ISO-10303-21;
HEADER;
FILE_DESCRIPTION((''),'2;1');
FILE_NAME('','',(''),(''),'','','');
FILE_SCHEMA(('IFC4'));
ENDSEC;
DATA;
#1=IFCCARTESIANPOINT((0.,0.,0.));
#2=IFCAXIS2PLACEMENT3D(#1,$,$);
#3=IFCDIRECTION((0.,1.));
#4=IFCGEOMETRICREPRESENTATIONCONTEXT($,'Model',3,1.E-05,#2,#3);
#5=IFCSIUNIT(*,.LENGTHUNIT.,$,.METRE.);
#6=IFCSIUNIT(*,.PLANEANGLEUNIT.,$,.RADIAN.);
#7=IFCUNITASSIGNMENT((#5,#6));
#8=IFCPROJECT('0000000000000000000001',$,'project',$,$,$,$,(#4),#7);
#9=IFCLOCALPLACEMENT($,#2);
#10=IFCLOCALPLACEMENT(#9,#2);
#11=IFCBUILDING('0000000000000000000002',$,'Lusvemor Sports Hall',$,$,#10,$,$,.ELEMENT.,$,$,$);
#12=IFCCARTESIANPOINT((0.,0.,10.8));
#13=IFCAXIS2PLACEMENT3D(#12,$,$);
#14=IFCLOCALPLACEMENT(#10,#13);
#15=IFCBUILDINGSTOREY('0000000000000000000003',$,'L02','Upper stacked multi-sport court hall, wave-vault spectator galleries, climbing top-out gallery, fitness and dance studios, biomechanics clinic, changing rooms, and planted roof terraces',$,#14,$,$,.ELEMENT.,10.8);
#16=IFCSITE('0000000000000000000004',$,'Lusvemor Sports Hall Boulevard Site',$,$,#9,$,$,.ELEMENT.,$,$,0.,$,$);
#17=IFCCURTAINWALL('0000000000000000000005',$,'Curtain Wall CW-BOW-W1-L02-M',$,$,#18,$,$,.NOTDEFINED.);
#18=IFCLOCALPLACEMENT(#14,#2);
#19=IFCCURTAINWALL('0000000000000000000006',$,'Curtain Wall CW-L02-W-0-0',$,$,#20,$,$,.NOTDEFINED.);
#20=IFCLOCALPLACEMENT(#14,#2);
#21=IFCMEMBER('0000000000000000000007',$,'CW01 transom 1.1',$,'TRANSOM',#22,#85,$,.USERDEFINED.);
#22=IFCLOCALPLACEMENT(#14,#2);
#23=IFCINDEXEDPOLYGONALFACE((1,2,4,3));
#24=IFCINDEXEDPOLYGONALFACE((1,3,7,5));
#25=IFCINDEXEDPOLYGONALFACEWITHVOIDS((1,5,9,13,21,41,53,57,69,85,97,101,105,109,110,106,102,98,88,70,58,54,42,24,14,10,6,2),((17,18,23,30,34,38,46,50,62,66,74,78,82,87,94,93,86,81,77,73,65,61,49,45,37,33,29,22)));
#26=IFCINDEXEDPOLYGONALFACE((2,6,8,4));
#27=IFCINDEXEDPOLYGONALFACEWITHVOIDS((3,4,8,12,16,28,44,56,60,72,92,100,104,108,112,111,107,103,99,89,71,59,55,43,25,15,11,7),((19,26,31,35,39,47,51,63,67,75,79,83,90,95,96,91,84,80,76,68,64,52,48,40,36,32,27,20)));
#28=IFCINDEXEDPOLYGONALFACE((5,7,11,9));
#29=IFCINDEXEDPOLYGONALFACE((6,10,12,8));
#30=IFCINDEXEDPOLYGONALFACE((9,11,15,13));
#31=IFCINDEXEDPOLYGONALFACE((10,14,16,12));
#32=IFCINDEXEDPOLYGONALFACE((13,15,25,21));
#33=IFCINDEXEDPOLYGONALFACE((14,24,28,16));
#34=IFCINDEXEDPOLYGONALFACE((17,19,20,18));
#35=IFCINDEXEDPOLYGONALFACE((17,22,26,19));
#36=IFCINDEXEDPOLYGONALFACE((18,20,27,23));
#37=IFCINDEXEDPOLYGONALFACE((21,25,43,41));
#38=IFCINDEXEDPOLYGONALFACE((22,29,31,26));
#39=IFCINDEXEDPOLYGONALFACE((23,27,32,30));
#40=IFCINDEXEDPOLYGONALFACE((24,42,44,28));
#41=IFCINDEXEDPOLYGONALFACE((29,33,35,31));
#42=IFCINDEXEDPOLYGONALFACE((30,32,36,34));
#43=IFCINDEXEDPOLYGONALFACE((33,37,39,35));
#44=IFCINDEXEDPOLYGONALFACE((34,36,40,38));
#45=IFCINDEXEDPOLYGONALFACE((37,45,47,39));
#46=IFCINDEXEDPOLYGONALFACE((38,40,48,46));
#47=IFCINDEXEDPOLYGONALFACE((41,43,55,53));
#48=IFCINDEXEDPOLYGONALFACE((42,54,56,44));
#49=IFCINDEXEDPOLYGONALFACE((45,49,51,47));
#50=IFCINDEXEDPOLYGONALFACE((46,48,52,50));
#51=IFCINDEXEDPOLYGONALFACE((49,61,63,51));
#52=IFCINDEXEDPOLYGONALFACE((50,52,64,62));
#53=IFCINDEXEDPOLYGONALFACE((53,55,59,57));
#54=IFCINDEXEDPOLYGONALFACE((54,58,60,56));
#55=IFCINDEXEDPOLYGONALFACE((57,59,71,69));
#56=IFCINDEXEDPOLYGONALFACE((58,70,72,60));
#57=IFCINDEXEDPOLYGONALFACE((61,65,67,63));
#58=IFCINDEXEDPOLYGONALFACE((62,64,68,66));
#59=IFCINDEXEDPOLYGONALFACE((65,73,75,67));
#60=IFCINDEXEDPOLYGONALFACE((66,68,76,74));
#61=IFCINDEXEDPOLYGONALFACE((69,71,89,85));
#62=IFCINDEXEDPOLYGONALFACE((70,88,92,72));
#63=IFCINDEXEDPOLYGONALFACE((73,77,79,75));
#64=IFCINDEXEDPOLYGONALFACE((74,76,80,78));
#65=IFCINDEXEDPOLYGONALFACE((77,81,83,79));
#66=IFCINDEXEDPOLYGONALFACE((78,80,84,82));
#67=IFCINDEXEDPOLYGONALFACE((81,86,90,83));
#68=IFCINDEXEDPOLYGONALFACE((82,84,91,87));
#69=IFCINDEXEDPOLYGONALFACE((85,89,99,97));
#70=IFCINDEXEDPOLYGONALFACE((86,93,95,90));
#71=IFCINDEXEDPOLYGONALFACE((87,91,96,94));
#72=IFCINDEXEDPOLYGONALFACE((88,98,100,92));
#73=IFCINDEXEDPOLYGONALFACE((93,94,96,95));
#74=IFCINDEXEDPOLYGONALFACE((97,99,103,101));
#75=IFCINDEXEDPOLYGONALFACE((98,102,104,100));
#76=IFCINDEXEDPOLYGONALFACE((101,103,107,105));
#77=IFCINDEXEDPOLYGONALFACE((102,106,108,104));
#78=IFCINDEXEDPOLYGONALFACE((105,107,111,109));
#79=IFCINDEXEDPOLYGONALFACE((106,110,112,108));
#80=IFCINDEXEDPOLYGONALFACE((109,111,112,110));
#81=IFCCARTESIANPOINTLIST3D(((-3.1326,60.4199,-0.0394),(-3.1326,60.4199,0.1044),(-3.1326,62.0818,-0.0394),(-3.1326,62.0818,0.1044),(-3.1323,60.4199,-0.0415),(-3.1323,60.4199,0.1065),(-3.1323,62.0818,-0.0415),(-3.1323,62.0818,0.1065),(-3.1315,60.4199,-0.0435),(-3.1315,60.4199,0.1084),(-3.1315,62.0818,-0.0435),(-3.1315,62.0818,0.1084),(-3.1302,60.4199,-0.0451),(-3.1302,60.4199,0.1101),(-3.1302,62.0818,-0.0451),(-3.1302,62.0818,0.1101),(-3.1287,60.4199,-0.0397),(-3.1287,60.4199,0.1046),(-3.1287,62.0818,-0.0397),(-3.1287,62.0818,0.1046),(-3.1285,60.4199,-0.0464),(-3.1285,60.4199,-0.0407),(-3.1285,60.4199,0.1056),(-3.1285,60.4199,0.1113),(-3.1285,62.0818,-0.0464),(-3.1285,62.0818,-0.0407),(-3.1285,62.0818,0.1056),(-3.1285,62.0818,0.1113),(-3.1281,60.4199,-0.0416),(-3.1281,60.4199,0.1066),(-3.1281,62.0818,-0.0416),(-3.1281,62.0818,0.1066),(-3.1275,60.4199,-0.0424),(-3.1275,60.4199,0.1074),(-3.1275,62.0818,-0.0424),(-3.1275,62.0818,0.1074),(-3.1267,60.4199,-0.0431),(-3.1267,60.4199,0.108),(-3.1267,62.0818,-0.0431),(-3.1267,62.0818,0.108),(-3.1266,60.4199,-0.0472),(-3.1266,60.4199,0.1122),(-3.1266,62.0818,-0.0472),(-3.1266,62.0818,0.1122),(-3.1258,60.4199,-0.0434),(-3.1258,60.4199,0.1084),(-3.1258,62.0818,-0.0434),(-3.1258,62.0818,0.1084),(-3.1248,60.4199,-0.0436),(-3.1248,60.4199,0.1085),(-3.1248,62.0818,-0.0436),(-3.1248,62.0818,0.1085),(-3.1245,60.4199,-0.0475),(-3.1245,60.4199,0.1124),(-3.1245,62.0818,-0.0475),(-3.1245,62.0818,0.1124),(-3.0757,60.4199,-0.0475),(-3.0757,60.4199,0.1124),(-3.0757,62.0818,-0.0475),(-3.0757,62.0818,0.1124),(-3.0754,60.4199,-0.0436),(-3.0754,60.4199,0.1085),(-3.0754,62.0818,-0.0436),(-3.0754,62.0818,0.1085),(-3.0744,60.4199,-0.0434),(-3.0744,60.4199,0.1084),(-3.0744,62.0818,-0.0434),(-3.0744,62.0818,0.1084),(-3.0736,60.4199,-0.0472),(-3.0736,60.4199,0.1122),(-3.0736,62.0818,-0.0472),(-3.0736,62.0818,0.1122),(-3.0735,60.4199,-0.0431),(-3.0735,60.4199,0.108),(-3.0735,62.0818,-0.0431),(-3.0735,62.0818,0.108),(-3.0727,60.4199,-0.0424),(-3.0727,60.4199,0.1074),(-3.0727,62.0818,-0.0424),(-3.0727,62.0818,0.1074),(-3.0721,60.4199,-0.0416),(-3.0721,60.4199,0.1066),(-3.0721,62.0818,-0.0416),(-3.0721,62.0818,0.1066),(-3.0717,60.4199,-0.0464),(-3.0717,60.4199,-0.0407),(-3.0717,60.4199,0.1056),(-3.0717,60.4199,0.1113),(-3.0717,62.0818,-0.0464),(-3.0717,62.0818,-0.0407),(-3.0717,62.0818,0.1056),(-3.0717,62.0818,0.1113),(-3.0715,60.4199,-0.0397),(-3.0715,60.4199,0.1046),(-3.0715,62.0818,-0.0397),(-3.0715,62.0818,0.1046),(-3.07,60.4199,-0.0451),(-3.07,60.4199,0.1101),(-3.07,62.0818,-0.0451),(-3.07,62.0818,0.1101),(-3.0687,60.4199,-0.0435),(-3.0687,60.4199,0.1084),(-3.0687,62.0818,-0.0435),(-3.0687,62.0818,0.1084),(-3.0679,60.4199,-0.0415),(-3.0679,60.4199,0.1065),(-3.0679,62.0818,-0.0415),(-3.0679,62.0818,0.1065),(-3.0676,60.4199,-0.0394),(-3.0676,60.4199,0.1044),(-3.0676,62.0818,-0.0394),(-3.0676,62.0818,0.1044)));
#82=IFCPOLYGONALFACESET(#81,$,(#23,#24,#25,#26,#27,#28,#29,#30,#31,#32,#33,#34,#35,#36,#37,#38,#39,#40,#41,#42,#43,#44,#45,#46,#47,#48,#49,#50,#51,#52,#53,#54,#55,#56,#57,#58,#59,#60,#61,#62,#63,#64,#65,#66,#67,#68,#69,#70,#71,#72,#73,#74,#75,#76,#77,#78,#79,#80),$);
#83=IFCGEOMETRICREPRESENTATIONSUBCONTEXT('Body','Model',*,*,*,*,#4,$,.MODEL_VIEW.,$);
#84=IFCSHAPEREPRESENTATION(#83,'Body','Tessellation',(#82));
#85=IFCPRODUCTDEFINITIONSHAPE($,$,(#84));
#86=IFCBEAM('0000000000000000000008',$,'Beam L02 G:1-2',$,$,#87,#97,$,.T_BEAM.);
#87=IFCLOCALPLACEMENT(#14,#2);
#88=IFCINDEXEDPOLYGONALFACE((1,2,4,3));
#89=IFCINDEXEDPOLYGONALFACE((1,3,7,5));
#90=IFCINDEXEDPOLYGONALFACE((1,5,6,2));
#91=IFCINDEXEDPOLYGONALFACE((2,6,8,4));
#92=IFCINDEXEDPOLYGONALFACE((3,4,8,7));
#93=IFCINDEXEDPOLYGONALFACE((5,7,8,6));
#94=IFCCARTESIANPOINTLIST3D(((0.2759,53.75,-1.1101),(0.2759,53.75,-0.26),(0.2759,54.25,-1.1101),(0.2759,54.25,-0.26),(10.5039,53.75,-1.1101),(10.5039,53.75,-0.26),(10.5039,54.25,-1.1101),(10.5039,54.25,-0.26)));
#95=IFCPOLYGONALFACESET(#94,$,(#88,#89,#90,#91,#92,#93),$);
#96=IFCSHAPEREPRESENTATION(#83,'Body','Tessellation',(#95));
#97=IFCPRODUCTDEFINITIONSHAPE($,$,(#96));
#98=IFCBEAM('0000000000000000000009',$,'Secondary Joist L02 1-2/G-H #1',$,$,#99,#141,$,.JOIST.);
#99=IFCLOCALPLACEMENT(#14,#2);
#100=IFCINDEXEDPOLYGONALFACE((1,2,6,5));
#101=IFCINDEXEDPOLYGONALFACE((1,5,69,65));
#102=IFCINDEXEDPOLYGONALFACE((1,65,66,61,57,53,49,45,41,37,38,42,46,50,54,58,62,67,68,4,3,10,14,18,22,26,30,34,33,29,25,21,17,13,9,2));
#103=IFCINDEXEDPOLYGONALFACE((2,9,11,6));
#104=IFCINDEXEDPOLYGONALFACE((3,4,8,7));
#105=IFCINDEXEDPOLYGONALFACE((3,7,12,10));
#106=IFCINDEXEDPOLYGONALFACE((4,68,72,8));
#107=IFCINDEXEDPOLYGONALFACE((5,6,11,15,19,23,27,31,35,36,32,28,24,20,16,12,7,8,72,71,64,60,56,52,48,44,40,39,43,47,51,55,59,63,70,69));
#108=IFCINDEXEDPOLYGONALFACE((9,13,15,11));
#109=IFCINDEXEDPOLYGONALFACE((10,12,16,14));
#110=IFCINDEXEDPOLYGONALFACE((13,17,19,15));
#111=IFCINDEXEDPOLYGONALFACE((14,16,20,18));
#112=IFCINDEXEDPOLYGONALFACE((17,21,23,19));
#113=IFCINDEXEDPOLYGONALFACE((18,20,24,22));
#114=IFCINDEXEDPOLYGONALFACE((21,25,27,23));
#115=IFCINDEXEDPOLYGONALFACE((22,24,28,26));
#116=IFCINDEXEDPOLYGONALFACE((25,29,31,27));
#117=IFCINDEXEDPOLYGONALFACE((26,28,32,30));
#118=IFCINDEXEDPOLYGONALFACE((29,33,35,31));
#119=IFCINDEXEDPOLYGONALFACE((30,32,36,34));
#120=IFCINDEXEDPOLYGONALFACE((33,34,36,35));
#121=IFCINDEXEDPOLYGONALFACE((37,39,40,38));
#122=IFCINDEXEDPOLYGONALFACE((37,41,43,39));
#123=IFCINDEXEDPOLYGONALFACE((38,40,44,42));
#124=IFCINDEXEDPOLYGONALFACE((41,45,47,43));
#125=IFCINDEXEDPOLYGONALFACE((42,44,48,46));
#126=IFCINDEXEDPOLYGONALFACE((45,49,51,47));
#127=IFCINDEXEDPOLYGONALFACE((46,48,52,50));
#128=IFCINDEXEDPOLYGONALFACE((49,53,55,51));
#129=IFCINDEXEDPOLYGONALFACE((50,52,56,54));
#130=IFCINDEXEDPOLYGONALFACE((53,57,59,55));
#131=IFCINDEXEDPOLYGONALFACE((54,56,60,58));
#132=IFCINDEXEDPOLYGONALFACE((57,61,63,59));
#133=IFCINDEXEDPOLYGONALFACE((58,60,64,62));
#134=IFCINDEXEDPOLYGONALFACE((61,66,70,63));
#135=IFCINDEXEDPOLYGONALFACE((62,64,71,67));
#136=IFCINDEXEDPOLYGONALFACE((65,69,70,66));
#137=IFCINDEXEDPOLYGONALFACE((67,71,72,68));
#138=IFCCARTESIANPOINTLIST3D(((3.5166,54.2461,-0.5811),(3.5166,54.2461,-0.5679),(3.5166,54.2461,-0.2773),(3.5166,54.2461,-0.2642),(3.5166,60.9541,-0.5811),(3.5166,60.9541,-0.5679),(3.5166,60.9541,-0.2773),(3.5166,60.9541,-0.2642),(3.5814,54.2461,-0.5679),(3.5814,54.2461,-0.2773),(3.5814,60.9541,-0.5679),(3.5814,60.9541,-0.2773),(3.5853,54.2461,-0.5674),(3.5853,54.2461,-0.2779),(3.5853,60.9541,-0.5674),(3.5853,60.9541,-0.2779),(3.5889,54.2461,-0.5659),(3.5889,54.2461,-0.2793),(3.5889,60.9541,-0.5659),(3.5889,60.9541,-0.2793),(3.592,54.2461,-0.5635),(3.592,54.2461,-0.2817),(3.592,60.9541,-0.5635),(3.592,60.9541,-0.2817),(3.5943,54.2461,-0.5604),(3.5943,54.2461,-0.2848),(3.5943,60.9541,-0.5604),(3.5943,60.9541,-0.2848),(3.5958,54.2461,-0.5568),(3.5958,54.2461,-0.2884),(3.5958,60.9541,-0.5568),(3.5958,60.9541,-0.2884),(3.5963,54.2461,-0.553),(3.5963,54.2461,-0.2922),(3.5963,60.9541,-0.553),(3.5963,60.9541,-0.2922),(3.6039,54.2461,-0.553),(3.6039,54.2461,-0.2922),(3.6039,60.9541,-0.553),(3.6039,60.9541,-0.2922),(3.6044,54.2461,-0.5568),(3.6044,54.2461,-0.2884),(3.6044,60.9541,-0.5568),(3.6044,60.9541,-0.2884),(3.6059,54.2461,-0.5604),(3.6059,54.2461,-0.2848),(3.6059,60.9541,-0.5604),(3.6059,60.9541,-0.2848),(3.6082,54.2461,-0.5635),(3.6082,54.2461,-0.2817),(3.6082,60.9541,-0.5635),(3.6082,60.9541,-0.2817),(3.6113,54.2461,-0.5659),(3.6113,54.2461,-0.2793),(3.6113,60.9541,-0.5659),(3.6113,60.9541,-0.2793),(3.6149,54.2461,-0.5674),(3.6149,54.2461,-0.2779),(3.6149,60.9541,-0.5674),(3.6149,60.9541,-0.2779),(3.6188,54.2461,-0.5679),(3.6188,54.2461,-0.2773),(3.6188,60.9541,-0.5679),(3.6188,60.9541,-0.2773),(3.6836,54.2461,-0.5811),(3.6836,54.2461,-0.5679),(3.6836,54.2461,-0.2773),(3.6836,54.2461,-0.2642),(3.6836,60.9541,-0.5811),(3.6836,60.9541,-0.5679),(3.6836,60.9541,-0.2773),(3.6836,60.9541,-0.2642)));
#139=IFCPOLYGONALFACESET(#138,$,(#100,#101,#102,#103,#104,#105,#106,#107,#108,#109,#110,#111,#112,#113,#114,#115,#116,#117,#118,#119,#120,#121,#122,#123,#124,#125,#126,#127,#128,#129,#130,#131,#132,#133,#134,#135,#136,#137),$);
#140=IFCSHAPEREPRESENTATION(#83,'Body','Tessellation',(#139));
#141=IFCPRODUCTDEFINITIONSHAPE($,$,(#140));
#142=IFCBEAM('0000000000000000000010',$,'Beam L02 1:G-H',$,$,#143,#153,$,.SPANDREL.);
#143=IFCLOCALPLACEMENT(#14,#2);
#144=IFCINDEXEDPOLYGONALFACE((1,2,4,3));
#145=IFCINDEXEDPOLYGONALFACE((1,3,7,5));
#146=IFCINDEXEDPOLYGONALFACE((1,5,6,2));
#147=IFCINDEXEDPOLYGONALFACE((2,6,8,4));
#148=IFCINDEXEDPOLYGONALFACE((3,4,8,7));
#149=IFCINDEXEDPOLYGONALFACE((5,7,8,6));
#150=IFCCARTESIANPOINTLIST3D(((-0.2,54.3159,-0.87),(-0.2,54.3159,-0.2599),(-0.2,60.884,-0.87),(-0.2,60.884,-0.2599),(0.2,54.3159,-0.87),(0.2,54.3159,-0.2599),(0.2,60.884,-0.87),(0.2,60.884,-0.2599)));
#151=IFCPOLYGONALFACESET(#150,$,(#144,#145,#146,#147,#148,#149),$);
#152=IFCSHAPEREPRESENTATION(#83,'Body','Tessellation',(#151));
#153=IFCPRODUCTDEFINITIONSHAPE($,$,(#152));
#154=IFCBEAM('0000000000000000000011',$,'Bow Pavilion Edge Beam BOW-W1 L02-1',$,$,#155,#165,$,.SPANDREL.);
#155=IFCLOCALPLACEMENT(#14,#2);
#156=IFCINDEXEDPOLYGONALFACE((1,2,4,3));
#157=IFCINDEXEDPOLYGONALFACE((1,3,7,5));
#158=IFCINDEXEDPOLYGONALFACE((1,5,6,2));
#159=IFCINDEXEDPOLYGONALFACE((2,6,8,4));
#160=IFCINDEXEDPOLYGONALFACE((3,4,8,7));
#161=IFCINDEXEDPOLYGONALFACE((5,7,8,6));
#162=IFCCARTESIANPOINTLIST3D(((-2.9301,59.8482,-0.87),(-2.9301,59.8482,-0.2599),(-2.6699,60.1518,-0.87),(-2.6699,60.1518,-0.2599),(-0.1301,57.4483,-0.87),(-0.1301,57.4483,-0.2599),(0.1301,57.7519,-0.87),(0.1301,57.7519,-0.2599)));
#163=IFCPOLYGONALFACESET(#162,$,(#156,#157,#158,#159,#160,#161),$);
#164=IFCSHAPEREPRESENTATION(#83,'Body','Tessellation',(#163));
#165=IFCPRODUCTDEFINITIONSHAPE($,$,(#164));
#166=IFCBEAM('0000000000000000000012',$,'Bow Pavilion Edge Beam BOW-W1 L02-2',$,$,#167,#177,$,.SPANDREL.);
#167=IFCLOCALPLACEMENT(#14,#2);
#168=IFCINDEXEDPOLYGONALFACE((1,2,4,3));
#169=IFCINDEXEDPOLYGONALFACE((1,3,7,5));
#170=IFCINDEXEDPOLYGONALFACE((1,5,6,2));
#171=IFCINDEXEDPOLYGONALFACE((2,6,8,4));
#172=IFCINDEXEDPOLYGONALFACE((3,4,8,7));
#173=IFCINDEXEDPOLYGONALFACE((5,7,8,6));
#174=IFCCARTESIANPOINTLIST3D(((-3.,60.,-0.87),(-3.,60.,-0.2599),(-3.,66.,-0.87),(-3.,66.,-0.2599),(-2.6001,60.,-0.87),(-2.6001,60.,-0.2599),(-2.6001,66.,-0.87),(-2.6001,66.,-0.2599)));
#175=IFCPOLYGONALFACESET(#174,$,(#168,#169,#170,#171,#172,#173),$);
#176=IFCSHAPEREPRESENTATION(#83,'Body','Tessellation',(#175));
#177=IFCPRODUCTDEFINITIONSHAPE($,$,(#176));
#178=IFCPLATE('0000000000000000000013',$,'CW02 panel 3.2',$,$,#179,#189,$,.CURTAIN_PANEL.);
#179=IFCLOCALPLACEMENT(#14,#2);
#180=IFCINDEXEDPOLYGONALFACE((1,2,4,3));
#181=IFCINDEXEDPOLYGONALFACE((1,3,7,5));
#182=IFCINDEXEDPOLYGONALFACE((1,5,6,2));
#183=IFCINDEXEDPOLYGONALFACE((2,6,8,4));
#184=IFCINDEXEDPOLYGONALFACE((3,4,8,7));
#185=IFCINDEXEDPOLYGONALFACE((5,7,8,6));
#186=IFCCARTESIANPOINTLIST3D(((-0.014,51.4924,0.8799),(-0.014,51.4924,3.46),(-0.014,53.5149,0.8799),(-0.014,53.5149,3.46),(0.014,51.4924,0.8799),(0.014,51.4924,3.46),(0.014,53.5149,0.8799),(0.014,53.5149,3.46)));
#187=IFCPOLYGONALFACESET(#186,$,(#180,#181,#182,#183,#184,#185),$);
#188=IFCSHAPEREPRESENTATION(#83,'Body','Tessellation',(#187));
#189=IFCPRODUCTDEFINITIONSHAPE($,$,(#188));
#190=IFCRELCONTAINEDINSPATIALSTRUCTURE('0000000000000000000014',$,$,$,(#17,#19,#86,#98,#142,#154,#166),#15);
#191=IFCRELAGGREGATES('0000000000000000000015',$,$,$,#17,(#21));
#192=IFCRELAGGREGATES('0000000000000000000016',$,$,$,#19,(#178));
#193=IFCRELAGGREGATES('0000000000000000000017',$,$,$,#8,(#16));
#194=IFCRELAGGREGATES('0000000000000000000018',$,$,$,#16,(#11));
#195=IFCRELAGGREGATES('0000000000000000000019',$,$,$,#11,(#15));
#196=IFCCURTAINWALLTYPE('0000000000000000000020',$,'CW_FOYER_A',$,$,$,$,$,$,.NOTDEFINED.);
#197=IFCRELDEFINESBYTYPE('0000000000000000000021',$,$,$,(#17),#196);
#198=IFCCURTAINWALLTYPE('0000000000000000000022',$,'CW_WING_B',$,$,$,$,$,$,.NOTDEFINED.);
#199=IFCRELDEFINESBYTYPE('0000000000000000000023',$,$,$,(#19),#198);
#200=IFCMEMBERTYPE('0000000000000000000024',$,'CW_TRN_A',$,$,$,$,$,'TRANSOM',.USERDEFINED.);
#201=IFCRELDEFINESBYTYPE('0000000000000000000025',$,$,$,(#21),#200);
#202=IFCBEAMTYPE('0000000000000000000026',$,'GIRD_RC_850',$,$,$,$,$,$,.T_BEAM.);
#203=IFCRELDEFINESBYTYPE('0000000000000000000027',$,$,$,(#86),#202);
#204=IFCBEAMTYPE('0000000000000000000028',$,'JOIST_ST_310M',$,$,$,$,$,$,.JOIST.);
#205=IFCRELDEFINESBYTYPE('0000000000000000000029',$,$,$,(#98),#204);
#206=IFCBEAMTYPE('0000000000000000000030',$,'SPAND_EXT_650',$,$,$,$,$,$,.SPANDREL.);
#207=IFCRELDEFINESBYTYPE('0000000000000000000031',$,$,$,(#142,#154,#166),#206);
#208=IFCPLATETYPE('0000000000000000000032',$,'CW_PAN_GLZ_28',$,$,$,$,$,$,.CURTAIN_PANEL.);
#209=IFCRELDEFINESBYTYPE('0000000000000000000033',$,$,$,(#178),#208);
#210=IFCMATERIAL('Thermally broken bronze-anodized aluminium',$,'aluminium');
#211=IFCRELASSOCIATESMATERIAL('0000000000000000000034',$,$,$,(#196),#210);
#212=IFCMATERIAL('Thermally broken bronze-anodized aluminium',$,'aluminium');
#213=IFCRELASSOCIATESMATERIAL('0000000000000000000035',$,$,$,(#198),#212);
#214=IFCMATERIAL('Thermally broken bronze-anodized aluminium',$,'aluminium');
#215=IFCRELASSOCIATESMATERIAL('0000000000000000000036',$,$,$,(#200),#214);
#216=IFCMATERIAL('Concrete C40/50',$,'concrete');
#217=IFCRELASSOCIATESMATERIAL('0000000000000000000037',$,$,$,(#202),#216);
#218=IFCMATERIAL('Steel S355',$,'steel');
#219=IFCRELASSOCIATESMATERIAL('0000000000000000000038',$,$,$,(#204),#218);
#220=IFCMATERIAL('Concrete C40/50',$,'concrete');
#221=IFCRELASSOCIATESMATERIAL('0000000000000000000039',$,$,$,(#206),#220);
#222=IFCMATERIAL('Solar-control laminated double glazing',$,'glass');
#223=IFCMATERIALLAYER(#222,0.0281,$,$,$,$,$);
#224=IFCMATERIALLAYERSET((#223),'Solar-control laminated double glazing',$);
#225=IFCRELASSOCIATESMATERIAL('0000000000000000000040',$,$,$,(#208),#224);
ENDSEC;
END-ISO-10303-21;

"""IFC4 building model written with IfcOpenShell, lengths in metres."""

from ifc_helpers import new_model, si_unit, direction, frame, origin, origin_2d, place, context, subcontext, project, spatial, rectangle, hollow_rectangle, i_section, extrude, material, layer, layer_set, material_profile, profile_set, type_object, element, aggregate, save


model = new_model("IFC4")

# Units and contexts
model_context = context("Model", 3, precision=1e-05, world=origin(), true_north=direction((0.0, 1.0)))
body_context = subcontext(model_context, "Body", "Model", "MODEL_VIEW")
ifc_project = project(units=[si_unit("LENGTHUNIT", "METRE"), si_unit("PLANEANGLEUNIT", "RADIAN")], contexts=[model_context])

# Site, building, storey
site_placement = place(None, origin())
site = spatial("IfcSite", under=ifc_project, at=site_placement, Name="Lusvemor Sports Hall Boulevard Site", CompositionType="ELEMENT", RefElevation=0.0)
building_placement = place(site_placement, origin())
building = spatial("IfcBuilding", under=site, at=building_placement, Name="Lusvemor Sports Hall", CompositionType="ELEMENT")
storey_placement = place(building_placement, frame((0.0, 0.0, 10.8)))
storey = spatial("IfcBuildingStorey", under=building, at=storey_placement, Name="L02", Description="Upper stacked multi-sport court hall, wave-vault spectator galleries, climbing top-out gallery, fitness and dance studios, biomechanics clinic, changing rooms, and planted roof terraces", CompositionType="ELEMENT", Elevation=10.8)

# Curtain walls
ifc_material_1 = material(Name="Thermally broken bronze-anodized aluminium", Category="aluminium")
curtain_wall_type_1 = type_object("IfcCurtainWallType", Name="CW_FOYER_A", PredefinedType="NOTDEFINED", material=ifc_material_1)
curtain_wall_1_placement = place(storey_placement, origin())
curtain_wall_1 = element("IfcCurtainWall", 1, at=curtain_wall_1_placement, inside=storey, type_object=curtain_wall_type_1, Name="Curtain Wall CW-BOW-W1-L02-M", PredefinedType="NOTDEFINED")
ifc_material_2 = material(Name="Thermally broken bronze-anodized aluminium", Category="aluminium")
curtain_wall_type_2 = type_object("IfcCurtainWallType", Name="CW_WING_B", PredefinedType="NOTDEFINED", material=ifc_material_2)
curtain_wall_2_placement = place(storey_placement, origin())
curtain_wall_2 = element("IfcCurtainWall", 2, at=curtain_wall_2_placement, inside=storey, type_object=curtain_wall_type_2, Name="Curtain Wall CW-L02-W-0-0", PredefinedType="NOTDEFINED")

# Member
ifc_material_3 = material(Name="Thermally broken bronze-anodized aluminium", Category="aluminium")
ifc_material_profile_1 = material_profile(ifc_material_3, hollow_rectangle(XDim=0.0649, YDim=0.1599, WallThickness=0.0039, InnerFilletRadius=0.0039, OuterFilletRadius=0.0081, at=origin_2d()), Name="CWTRN160x65x4")
ifc_profile_set_1 = profile_set([ifc_material_profile_1], Name="Thermally broken bronze-anodized aluminium")
member_type_1 = type_object("IfcMemberType", Name="CW_TRN_A", ElementType="TRANSOM", PredefinedType="USERDEFINED", material=ifc_profile_set_1)
member_1_placement = place(storey_placement, frame((-3.1001, 60.4199, 0.0325), z_axis=(0.0, 1.0, 0.0), x_axis=(-1.0, 0.0, 0.0)))
member_1 = element("IfcMember", 3, at=member_1_placement, type_object=member_type_1, Name="CW01 transom 1.1", ObjectType="TRANSOM", PredefinedType="USERDEFINED", context=body_context, shape_type="SweptSolid", body=[
    extrude(hollow_rectangle(XDim=0.0649, YDim=0.1599, WallThickness=0.0039, InnerFilletRadius=0.0039, OuterFilletRadius=0.0081, at=origin_2d()), origin(), (0.0, 0.0, 1.0), 1.6619),
])
aggregate(curtain_wall_1, [member_1])

# Beams
ifc_material_4 = material(Name="Concrete C40/50", Category="concrete")
ifc_material_profile_2 = material_profile(ifc_material_4, rectangle(XDim=0.5, YDim=0.8501, at=origin_2d()), Name="RC500x850")
ifc_profile_set_2 = profile_set([ifc_material_profile_2], Name="Concrete C40/50")
beam_type_1 = type_object("IfcBeamType", Name="GIRD_RC_850", PredefinedType="T_BEAM", material=ifc_profile_set_2)
beam_1_placement = place(storey_placement, frame((0.2759, 54.0, -0.6851), z_axis=(1.0, 0.0, 0.0), x_axis=(0.0, 1.0, 0.0)))
element("IfcBeam", 4, at=beam_1_placement, inside=storey, type_object=beam_type_1, Name="Beam L02 G:1-2", PredefinedType="T_BEAM", context=body_context, shape_type="SweptSolid", body=[
    extrude(rectangle(XDim=0.5, YDim=0.8501, at=origin_2d()), origin(), (0.0, 0.0, 1.0), 10.228),
])
ifc_material_5 = material(Name="Steel S355", Category="steel")
ifc_material_profile_3 = material_profile(ifc_material_5, i_section(OverallWidth=0.167, OverallDepth=0.3169, WebThickness=0.0076, FlangeThickness=0.0132, FilletRadius=0.0149, at=origin_2d()), Name="W310x52.0")
ifc_profile_set_3 = profile_set([ifc_material_profile_3], Name="Steel S355")
beam_type_2 = type_object("IfcBeamType", Name="JOIST_ST_310M", PredefinedType="JOIST", material=ifc_profile_set_3)
beam_2_placement = place(storey_placement, frame((3.6001, 54.2461, -0.4226), z_axis=(0.0, 1.0, 0.0), x_axis=(-1.0, 0.0, 0.0)))
element("IfcBeam", 5, at=beam_2_placement, inside=storey, type_object=beam_type_2, Name="Secondary Joist L02 1-2/G-H #1", PredefinedType="JOIST", context=body_context, shape_type="SweptSolid", body=[
    extrude(i_section(OverallWidth=0.167, OverallDepth=0.3169, WebThickness=0.0076, FlangeThickness=0.0132, FilletRadius=0.0149, at=origin_2d()), origin(), (0.0, 0.0, 1.0), 6.708),
])
ifc_material_6 = material(Name="Concrete C40/50", Category="concrete")
ifc_material_profile_4 = material_profile(ifc_material_6, rectangle(XDim=0.3999, YDim=0.6101, at=origin_2d()), Name="RC400x610")
ifc_profile_set_4 = profile_set([ifc_material_profile_4], Name="Concrete C40/50")
beam_type_3 = type_object("IfcBeamType", Name="SPAND_EXT_650", PredefinedType="SPANDREL", material=ifc_profile_set_4)
beam_3_placement = place(storey_placement, frame((0.0, 54.3159, -0.5649), z_axis=(0.0, 1.0, 0.0), x_axis=(-1.0, 0.0, 0.0)))
element("IfcBeam", 6, at=beam_3_placement, inside=storey, type_object=beam_type_3, Name="Beam L02 1:G-H", PredefinedType="SPANDREL", context=body_context, shape_type="SweptSolid", body=[
    extrude(rectangle(XDim=0.3999, YDim=0.6101, at=origin_2d()), origin(), (0.0, 0.0, 1.0), 6.5681),
])
beam_4_placement = place(storey_placement, frame((0.0, 57.6001, -0.5649), z_axis=(-0.759275, 0.65077, 0.0), x_axis=(-0.65077, -0.759275, 0.0)))
element("IfcBeam", 7, at=beam_4_placement, inside=storey, type_object=beam_type_3, Name="Bow Pavilion Edge Beam BOW-W1 L02-1", PredefinedType="SPANDREL", context=body_context, shape_type="SweptSolid", body=[
    extrude(rectangle(XDim=0.3999, YDim=0.6101, at=origin_2d()), origin(), (0.0, 0.0, 1.0), 3.6877),
])
beam_5_placement = place(storey_placement, frame((-2.8, 60.0, -0.5649), z_axis=(0.0, 1.0, 0.0), x_axis=(-1.0, 0.0, 0.0)))
element("IfcBeam", 8, at=beam_5_placement, inside=storey, type_object=beam_type_3, Name="Bow Pavilion Edge Beam BOW-W1 L02-2", PredefinedType="SPANDREL", context=body_context, shape_type="SweptSolid", body=[
    extrude(rectangle(XDim=0.3999, YDim=0.6101, at=origin_2d()), origin(), (0.0, 0.0, 1.0), 6.0),
])

# Plate
ifc_material_7 = material(Name="Solar-control laminated double glazing", Category="glass")
ifc_layer_1 = layer(ifc_material_7, 0.0281)
ifc_layer_set_1 = layer_set([ifc_layer_1], Name="Solar-control laminated double glazing")
plate_type_1 = type_object("IfcPlateType", Name="CW_PAN_GLZ_28", PredefinedType="CURTAIN_PANEL", material=ifc_layer_set_1)
plate_1_placement = place(storey_placement, frame((0.0, 52.5037, 0.8799), z_axis=(0.0, 0.0, 1.0), x_axis=(0.0, 1.0, 0.0)))
plate_1 = element("IfcPlate", 9, at=plate_1_placement, type_object=plate_type_1, Name="CW02 panel 3.2", PredefinedType="CURTAIN_PANEL", context=body_context, shape_type="SweptSolid", body=[
    extrude(rectangle(XDim=2.0225, YDim=0.0281, at=origin_2d()), origin(), (0.0, 0.0, 1.0), 2.5801),
])
aggregate(curtain_wall_2, [plate_1])

save(model, "model.ifc")
